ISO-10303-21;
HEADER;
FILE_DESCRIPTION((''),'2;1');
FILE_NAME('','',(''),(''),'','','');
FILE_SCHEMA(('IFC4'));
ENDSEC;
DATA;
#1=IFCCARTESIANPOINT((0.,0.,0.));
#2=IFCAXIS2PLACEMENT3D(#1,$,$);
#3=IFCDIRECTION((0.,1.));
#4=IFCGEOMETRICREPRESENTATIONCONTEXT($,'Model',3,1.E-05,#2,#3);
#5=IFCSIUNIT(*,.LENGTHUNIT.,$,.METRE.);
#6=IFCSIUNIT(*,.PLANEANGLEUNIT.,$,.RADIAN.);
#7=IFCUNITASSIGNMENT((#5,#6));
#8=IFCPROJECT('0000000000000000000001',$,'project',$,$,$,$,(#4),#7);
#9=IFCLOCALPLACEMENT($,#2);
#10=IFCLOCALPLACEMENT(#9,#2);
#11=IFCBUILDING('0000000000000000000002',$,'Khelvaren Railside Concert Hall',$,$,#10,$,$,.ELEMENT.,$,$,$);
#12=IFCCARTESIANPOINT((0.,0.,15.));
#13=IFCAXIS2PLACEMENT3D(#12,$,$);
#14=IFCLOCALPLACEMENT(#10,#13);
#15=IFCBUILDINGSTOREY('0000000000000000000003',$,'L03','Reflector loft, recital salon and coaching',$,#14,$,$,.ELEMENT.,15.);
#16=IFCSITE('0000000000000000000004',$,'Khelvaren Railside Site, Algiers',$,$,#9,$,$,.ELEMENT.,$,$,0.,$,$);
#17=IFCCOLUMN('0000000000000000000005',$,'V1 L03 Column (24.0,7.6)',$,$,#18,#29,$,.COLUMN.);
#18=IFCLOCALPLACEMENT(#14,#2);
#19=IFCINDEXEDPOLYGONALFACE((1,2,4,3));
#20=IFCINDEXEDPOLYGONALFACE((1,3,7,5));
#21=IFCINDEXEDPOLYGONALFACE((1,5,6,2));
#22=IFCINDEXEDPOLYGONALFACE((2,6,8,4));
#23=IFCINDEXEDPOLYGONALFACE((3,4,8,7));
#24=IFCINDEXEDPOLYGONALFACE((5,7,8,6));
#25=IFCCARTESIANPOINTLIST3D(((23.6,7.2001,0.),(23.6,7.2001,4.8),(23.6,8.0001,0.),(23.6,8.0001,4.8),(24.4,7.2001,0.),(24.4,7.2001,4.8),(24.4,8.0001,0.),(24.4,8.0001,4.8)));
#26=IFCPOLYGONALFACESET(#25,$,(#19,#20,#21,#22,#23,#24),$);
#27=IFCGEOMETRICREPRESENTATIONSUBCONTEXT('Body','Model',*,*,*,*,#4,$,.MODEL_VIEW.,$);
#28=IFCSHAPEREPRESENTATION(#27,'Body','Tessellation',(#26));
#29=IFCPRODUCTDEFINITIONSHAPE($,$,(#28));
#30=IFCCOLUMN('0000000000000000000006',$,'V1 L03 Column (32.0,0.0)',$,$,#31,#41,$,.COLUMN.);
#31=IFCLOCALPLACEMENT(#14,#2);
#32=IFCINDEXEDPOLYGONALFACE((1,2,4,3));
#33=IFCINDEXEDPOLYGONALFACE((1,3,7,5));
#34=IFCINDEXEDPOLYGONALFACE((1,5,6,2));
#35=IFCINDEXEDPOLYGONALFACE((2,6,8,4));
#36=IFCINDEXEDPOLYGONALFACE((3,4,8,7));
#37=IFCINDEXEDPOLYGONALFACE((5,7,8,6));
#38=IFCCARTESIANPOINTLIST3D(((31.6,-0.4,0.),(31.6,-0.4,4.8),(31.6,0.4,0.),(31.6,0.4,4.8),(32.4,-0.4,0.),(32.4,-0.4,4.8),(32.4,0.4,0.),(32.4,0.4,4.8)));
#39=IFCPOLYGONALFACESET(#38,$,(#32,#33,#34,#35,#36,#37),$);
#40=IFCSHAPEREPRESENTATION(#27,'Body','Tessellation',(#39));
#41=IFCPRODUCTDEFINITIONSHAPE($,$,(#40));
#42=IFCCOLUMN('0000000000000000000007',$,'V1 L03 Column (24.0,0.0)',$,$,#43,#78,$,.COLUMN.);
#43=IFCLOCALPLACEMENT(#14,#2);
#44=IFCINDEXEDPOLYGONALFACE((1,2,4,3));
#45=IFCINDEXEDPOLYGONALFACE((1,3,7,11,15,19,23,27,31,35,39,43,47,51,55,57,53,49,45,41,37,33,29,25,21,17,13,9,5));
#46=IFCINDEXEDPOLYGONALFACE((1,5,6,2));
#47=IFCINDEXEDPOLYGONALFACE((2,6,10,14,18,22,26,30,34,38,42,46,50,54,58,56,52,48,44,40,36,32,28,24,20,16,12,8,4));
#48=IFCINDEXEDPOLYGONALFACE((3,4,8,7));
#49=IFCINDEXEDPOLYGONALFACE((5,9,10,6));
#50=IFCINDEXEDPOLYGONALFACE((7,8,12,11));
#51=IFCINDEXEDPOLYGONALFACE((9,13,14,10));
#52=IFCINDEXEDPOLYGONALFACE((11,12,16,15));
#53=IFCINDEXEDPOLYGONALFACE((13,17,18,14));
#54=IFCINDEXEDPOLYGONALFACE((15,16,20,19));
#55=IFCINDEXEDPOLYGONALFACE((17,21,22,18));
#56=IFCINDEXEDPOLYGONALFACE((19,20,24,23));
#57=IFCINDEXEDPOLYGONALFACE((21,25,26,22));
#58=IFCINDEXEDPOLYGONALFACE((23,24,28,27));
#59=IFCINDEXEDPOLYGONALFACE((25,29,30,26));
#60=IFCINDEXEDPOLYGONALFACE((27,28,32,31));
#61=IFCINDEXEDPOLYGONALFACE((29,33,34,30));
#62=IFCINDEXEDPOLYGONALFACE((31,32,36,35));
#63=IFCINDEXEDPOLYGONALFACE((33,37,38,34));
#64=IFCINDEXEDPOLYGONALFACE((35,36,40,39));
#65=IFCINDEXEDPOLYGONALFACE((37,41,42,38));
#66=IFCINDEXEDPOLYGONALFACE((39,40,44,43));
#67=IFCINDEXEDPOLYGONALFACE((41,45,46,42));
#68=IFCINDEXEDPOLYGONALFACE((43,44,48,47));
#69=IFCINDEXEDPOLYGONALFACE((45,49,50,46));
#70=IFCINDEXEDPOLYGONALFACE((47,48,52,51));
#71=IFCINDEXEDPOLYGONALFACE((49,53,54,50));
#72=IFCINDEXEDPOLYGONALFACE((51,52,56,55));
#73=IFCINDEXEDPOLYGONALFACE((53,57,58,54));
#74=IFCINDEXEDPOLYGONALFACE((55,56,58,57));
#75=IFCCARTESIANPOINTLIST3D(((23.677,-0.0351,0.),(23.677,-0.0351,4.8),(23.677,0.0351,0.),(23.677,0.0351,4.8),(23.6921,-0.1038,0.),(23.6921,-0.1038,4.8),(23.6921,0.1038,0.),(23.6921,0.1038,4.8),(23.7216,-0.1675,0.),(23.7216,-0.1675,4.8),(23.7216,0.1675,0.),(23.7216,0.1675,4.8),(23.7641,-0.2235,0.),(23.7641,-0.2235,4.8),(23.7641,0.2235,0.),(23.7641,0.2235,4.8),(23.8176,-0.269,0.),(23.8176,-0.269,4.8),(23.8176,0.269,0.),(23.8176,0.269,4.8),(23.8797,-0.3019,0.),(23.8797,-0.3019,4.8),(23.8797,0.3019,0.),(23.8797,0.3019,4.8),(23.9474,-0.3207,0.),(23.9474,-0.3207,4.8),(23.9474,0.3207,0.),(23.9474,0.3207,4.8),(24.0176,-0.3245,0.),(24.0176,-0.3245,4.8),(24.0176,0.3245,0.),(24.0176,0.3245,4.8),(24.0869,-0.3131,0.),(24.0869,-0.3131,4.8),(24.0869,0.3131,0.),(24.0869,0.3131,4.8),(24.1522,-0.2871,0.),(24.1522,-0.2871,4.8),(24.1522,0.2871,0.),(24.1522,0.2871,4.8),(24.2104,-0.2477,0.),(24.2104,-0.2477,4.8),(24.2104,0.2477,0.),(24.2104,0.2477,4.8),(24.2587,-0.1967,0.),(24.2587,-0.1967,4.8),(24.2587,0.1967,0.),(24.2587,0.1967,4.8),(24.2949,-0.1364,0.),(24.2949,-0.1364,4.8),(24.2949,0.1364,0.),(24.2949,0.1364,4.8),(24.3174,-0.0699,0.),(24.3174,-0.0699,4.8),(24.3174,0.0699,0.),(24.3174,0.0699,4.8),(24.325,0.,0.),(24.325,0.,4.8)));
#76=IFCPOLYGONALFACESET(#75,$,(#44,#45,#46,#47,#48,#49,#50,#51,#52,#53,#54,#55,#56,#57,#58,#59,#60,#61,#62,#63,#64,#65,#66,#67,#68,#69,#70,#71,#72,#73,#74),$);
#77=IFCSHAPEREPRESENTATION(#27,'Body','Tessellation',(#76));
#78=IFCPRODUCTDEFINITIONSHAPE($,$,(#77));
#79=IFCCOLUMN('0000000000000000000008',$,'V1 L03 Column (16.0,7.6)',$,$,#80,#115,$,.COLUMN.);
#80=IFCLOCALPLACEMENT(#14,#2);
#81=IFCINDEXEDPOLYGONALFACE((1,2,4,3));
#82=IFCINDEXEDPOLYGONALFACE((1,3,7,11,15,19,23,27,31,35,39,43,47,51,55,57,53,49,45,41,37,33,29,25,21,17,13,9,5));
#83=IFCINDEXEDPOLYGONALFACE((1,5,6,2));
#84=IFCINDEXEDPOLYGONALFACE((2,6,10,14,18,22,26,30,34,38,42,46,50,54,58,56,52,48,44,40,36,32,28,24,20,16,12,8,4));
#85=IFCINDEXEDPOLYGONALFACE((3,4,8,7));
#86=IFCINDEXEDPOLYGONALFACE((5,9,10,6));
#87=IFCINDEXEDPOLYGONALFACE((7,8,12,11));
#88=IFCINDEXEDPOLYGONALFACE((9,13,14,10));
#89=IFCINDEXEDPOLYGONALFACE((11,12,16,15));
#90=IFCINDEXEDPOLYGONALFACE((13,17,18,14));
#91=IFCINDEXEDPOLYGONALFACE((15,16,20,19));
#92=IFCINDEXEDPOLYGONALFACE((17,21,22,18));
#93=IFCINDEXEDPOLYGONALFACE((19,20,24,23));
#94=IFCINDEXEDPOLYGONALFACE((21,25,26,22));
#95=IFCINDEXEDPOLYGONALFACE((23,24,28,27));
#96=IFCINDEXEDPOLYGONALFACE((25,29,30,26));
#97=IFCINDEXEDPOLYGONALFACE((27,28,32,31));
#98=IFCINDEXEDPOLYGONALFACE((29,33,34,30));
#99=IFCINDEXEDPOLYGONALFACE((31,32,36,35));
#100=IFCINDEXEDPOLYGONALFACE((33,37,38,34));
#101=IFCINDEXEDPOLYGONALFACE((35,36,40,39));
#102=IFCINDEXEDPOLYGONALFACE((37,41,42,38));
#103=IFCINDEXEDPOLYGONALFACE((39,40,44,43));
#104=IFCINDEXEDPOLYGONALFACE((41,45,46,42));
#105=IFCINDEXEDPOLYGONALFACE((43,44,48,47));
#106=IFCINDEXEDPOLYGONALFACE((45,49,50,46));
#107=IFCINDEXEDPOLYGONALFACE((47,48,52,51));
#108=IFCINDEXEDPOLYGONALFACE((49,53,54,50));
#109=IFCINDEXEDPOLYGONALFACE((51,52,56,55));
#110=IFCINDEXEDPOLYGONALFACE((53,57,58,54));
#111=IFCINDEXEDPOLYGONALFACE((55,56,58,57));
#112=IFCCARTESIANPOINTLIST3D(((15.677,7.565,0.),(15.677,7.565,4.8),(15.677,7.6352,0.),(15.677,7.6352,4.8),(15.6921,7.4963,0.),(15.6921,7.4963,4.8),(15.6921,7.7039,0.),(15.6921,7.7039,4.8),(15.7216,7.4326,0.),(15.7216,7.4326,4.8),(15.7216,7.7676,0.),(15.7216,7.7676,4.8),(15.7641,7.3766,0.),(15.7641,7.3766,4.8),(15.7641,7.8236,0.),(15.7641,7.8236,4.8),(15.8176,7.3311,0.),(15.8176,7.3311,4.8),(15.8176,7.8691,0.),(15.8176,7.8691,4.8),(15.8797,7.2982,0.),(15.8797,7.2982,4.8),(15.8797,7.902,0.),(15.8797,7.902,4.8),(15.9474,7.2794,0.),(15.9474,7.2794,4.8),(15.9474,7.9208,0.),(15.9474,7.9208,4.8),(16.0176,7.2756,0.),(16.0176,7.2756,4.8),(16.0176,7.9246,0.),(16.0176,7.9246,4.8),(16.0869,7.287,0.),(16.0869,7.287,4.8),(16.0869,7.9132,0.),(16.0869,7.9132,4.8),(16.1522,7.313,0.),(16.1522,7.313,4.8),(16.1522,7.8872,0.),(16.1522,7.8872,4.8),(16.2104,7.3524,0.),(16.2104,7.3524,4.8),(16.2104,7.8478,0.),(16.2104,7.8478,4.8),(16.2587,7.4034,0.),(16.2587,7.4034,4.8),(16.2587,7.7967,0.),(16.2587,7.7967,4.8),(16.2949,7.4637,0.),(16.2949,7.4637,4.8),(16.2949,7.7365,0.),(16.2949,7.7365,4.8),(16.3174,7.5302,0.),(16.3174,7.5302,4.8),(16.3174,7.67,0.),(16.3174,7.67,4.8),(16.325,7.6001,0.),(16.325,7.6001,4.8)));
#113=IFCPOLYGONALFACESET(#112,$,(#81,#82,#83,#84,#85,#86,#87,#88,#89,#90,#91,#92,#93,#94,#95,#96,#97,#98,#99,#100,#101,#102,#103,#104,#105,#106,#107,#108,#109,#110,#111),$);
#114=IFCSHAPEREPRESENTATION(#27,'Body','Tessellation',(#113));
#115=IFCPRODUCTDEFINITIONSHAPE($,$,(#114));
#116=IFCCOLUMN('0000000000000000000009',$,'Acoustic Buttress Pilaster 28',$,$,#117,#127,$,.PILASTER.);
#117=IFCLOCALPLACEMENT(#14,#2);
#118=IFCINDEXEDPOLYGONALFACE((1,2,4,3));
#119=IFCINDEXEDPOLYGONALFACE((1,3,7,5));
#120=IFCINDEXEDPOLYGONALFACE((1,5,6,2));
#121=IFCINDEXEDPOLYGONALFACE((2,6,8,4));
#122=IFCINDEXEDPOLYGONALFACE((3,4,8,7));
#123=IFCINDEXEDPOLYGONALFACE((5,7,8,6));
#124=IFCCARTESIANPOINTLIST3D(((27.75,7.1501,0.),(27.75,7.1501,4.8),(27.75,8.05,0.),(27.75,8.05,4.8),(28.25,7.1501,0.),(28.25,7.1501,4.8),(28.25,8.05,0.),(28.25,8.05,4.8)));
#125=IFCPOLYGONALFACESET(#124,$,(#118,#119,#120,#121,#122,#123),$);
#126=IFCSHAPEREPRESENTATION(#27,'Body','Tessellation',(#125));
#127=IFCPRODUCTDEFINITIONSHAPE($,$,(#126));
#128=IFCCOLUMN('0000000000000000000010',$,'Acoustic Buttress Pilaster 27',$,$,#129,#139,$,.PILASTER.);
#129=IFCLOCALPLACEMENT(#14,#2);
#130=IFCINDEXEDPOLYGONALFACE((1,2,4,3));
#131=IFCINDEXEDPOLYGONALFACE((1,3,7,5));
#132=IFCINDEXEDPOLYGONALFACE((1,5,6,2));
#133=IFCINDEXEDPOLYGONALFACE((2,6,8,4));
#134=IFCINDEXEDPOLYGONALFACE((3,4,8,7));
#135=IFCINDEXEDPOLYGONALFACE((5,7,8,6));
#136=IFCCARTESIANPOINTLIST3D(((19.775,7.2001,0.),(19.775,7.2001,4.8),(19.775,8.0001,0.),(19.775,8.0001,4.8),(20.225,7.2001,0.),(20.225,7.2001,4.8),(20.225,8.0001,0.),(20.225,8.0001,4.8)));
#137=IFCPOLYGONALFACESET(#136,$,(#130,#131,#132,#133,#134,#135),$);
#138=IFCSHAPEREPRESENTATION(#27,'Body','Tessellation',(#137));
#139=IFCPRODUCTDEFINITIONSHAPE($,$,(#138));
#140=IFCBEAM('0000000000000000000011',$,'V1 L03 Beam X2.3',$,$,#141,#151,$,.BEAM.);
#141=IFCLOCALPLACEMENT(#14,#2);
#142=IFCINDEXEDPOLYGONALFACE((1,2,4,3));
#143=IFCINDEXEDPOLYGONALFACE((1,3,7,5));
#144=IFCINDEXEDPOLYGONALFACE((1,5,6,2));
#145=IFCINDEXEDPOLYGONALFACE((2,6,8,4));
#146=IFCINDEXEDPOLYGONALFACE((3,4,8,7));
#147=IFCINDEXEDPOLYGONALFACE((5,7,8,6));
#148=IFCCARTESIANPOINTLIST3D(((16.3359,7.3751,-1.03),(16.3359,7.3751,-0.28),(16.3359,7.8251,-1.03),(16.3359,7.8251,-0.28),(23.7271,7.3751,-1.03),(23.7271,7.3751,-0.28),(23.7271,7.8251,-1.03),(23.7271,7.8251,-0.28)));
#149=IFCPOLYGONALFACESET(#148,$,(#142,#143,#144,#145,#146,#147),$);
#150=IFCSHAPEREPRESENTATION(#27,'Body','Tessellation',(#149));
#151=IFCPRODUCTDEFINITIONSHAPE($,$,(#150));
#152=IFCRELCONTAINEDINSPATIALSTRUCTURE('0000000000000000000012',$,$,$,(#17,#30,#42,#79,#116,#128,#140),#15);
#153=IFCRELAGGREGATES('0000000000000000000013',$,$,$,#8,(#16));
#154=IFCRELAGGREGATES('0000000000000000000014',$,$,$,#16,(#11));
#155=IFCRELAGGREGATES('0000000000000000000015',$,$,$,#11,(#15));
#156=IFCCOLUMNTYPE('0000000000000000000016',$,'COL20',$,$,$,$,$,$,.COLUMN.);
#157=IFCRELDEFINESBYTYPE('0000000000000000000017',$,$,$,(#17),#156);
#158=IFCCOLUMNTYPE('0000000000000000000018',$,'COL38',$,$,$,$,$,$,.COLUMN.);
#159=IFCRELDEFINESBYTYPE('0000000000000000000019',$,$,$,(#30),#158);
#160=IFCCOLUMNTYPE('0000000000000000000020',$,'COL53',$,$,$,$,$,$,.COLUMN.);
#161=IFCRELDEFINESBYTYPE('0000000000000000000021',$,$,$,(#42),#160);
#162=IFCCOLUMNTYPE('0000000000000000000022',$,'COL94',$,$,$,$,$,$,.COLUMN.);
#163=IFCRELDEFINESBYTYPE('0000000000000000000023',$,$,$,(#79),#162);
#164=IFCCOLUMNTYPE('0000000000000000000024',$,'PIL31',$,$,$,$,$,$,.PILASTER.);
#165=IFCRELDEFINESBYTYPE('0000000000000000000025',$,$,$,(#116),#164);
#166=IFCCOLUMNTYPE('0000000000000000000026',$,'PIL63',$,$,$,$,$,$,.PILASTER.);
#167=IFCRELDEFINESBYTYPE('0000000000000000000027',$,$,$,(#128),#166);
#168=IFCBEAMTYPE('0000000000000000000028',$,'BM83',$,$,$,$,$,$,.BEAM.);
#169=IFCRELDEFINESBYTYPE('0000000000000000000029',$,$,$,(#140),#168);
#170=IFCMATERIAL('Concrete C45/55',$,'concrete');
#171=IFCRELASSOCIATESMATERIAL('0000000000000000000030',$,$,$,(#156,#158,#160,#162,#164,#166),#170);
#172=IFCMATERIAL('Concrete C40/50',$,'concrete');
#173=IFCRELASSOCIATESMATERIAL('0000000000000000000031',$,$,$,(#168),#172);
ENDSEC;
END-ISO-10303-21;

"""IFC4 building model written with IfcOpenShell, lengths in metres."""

from ifc_helpers import new_model, si_unit, direction, frame, origin, origin_2d, place, context, subcontext, project, spatial, rectangle, circle, extrude, material, material_profile, profile_set, type_object, element, save


model = new_model("IFC4")

# Units and contexts
model_context = context("Model", 3, precision=1e-05, world=origin(), true_north=direction((0.0, 1.0)))
body_context = subcontext(model_context, "Body", "Model", "MODEL_VIEW")
ifc_project = project(units=[si_unit("LENGTHUNIT", "METRE"), si_unit("PLANEANGLEUNIT", "RADIAN")], contexts=[model_context])

# Site, building, storey
site_placement = place(None, origin())
site = spatial("IfcSite", under=ifc_project, at=site_placement, Name="Khelvaren Railside Site, Algiers", CompositionType="ELEMENT", RefElevation=0.0)
building_placement = place(site_placement, origin())
building = spatial("IfcBuilding", under=site, at=building_placement, Name="Khelvaren Railside Concert Hall", CompositionType="ELEMENT")
storey_placement = place(building_placement, frame((0.0, 0.0, 15.0)))
storey = spatial("IfcBuildingStorey", under=building, at=storey_placement, Name="L03", Description="Reflector loft, recital salon and coaching", CompositionType="ELEMENT", Elevation=15.0)

# Columns
ifc_material_1 = material(Name="Concrete C45/55", Category="concrete")
ifc_material_profile_1 = material_profile(ifc_material_1, rectangle(XDim=0.8, YDim=0.8, at=origin_2d()), Name="RC 800x800")
ifc_profile_set_1 = profile_set([ifc_material_profile_1], Name="Concrete C45/55")
column_type_1 = type_object("IfcColumnType", Name="COL20", PredefinedType="COLUMN", material=ifc_profile_set_1)
column_1_placement = place(storey_placement, frame((24.0, 7.6001, 0.0), z_axis=(0.0, 0.0, 1.0), x_axis=(1.0, 0.0, 0.0)))
element("IfcColumn", 1, at=column_1_placement, inside=storey, type_object=column_type_1, Name="V1 L03 Column (24.0,7.6)", PredefinedType="COLUMN", context=body_context, shape_type="SweptSolid", body=[
    extrude(rectangle(XDim=0.8, YDim=0.8, at=origin_2d()), origin(), (0.0, 0.0, 1.0), 4.8),
])
ifc_material_profile_2 = material_profile(ifc_material_1, rectangle(XDim=0.8, YDim=0.8, at=origin_2d()), Name="RC 800x800")
ifc_profile_set_2 = profile_set([ifc_material_profile_2], Name="Concrete C45/55")
column_type_2 = type_object("IfcColumnType", Name="COL38", PredefinedType="COLUMN", material=ifc_profile_set_2)
column_2_placement = place(storey_placement, frame((32.0, 0.0, 0.0), z_axis=(0.0, 0.0, 1.0), x_axis=(1.0, 0.0, 0.0)))
element("IfcColumn", 2, at=column_2_placement, inside=storey, type_object=column_type_2, Name="V1 L03 Column (32.0,0.0)", PredefinedType="COLUMN", context=body_context, shape_type="SweptSolid", body=[
    extrude(rectangle(XDim=0.8, YDim=0.8, at=origin_2d()), origin(), (0.0, 0.0, 1.0), 4.8),
])
ifc_material_profile_3 = material_profile(ifc_material_1, circle(Radius=0.325, at=origin_2d()), Name="RC D650")
ifc_profile_set_3 = profile_set([ifc_material_profile_3], Name="Concrete C45/55")
column_type_3 = type_object("IfcColumnType", Name="COL53", PredefinedType="COLUMN", material=ifc_profile_set_3)
column_3_placement = place(storey_placement, frame((24.0, 0.0, 0.0), z_axis=(0.0, 0.0, 1.0), x_axis=(1.0, 0.0, 0.0)))
element("IfcColumn", 3, at=column_3_placement, inside=storey, type_object=column_type_3, Name="V1 L03 Column (24.0,0.0)", PredefinedType="COLUMN", context=body_context, shape_type="SweptSolid", body=[
    extrude(circle(Radius=0.325, at=origin_2d()), origin(), (0.0, 0.0, 1.0), 4.8),
])
ifc_material_profile_4 = material_profile(ifc_material_1, circle(Radius=0.325, at=origin_2d()), Name="RC D650")
ifc_profile_set_4 = profile_set([ifc_material_profile_4], Name="Concrete C45/55")
column_type_4 = type_object("IfcColumnType", Name="COL94", PredefinedType="COLUMN", material=ifc_profile_set_4)
column_4_placement = place(storey_placement, frame((16.0, 7.6001, 0.0), z_axis=(0.0, 0.0, 1.0), x_axis=(1.0, 0.0, 0.0)))
element("IfcColumn", 4, at=column_4_placement, inside=storey, type_object=column_type_4, Name="V1 L03 Column (16.0,7.6)", PredefinedType="COLUMN", context=body_context, shape_type="SweptSolid", body=[
    extrude(circle(Radius=0.325, at=origin_2d()), origin(), (0.0, 0.0, 1.0), 4.8),
])
ifc_material_profile_5 = material_profile(ifc_material_1, rectangle(XDim=0.5, YDim=0.8999, at=origin_2d()), Name="PIL 500x900")
ifc_profile_set_5 = profile_set([ifc_material_profile_5], Name="Concrete C45/55")
column_type_5 = type_object("IfcColumnType", Name="PIL31", PredefinedType="PILASTER", material=ifc_profile_set_5)
column_5_placement = place(storey_placement, frame((28.0, 7.6001, 0.0), z_axis=(0.0, 0.0, 1.0), x_axis=(1.0, 0.0, 0.0)))
element("IfcColumn", 5, at=column_5_placement, inside=storey, type_object=column_type_5, Name="Acoustic Buttress Pilaster 28", PredefinedType="PILASTER", context=body_context, shape_type="SweptSolid", body=[
    extrude(rectangle(XDim=0.5, YDim=0.8999, at=origin_2d()), origin(), (0.0, 0.0, 1.0), 4.8),
])
ifc_material_profile_6 = material_profile(ifc_material_1, rectangle(XDim=0.45, YDim=0.8, at=origin_2d()), Name="PIL 450x800")
ifc_profile_set_6 = profile_set([ifc_material_profile_6], Name="Concrete C45/55")
column_type_6 = type_object("IfcColumnType", Name="PIL63", PredefinedType="PILASTER", material=ifc_profile_set_6)
column_6_placement = place(storey_placement, frame((20.0, 7.6001, 0.0), z_axis=(0.0, 0.0, 1.0), x_axis=(1.0, 0.0, 0.0)))
element("IfcColumn", 6, at=column_6_placement, inside=storey, type_object=column_type_6, Name="Acoustic Buttress Pilaster 27", PredefinedType="PILASTER", context=body_context, shape_type="SweptSolid", body=[
    extrude(rectangle(XDim=0.45, YDim=0.8, at=origin_2d()), origin(), (0.0, 0.0, 1.0), 4.8),
])

# Beam
ifc_material_2 = material(Name="Concrete C40/50", Category="concrete")
ifc_material_profile_7 = material_profile(ifc_material_2, rectangle(XDim=0.45, YDim=0.75, at=origin_2d()), Name="RCB 450x750")
ifc_profile_set_7 = profile_set([ifc_material_profile_7], Name="Concrete C40/50")
beam_type_1 = type_object("IfcBeamType", Name="BM83", PredefinedType="BEAM", material=ifc_profile_set_7)
beam_1_placement = place(storey_placement, frame((16.3359, 7.6001, -0.655), z_axis=(1.0, 0.0, 0.0), x_axis=(0.0, 1.0, 0.0)))
element("IfcBeam", 7, at=beam_1_placement, inside=storey, type_object=beam_type_1, Name="V1 L03 Beam X2.3", PredefinedType="BEAM", context=body_context, shape_type="SweptSolid", body=[
    extrude(rectangle(XDim=0.45, YDim=0.75, at=origin_2d()), origin(), (0.0, 0.0, 1.0), 7.3911),
])

save(model, "model.ifc")
